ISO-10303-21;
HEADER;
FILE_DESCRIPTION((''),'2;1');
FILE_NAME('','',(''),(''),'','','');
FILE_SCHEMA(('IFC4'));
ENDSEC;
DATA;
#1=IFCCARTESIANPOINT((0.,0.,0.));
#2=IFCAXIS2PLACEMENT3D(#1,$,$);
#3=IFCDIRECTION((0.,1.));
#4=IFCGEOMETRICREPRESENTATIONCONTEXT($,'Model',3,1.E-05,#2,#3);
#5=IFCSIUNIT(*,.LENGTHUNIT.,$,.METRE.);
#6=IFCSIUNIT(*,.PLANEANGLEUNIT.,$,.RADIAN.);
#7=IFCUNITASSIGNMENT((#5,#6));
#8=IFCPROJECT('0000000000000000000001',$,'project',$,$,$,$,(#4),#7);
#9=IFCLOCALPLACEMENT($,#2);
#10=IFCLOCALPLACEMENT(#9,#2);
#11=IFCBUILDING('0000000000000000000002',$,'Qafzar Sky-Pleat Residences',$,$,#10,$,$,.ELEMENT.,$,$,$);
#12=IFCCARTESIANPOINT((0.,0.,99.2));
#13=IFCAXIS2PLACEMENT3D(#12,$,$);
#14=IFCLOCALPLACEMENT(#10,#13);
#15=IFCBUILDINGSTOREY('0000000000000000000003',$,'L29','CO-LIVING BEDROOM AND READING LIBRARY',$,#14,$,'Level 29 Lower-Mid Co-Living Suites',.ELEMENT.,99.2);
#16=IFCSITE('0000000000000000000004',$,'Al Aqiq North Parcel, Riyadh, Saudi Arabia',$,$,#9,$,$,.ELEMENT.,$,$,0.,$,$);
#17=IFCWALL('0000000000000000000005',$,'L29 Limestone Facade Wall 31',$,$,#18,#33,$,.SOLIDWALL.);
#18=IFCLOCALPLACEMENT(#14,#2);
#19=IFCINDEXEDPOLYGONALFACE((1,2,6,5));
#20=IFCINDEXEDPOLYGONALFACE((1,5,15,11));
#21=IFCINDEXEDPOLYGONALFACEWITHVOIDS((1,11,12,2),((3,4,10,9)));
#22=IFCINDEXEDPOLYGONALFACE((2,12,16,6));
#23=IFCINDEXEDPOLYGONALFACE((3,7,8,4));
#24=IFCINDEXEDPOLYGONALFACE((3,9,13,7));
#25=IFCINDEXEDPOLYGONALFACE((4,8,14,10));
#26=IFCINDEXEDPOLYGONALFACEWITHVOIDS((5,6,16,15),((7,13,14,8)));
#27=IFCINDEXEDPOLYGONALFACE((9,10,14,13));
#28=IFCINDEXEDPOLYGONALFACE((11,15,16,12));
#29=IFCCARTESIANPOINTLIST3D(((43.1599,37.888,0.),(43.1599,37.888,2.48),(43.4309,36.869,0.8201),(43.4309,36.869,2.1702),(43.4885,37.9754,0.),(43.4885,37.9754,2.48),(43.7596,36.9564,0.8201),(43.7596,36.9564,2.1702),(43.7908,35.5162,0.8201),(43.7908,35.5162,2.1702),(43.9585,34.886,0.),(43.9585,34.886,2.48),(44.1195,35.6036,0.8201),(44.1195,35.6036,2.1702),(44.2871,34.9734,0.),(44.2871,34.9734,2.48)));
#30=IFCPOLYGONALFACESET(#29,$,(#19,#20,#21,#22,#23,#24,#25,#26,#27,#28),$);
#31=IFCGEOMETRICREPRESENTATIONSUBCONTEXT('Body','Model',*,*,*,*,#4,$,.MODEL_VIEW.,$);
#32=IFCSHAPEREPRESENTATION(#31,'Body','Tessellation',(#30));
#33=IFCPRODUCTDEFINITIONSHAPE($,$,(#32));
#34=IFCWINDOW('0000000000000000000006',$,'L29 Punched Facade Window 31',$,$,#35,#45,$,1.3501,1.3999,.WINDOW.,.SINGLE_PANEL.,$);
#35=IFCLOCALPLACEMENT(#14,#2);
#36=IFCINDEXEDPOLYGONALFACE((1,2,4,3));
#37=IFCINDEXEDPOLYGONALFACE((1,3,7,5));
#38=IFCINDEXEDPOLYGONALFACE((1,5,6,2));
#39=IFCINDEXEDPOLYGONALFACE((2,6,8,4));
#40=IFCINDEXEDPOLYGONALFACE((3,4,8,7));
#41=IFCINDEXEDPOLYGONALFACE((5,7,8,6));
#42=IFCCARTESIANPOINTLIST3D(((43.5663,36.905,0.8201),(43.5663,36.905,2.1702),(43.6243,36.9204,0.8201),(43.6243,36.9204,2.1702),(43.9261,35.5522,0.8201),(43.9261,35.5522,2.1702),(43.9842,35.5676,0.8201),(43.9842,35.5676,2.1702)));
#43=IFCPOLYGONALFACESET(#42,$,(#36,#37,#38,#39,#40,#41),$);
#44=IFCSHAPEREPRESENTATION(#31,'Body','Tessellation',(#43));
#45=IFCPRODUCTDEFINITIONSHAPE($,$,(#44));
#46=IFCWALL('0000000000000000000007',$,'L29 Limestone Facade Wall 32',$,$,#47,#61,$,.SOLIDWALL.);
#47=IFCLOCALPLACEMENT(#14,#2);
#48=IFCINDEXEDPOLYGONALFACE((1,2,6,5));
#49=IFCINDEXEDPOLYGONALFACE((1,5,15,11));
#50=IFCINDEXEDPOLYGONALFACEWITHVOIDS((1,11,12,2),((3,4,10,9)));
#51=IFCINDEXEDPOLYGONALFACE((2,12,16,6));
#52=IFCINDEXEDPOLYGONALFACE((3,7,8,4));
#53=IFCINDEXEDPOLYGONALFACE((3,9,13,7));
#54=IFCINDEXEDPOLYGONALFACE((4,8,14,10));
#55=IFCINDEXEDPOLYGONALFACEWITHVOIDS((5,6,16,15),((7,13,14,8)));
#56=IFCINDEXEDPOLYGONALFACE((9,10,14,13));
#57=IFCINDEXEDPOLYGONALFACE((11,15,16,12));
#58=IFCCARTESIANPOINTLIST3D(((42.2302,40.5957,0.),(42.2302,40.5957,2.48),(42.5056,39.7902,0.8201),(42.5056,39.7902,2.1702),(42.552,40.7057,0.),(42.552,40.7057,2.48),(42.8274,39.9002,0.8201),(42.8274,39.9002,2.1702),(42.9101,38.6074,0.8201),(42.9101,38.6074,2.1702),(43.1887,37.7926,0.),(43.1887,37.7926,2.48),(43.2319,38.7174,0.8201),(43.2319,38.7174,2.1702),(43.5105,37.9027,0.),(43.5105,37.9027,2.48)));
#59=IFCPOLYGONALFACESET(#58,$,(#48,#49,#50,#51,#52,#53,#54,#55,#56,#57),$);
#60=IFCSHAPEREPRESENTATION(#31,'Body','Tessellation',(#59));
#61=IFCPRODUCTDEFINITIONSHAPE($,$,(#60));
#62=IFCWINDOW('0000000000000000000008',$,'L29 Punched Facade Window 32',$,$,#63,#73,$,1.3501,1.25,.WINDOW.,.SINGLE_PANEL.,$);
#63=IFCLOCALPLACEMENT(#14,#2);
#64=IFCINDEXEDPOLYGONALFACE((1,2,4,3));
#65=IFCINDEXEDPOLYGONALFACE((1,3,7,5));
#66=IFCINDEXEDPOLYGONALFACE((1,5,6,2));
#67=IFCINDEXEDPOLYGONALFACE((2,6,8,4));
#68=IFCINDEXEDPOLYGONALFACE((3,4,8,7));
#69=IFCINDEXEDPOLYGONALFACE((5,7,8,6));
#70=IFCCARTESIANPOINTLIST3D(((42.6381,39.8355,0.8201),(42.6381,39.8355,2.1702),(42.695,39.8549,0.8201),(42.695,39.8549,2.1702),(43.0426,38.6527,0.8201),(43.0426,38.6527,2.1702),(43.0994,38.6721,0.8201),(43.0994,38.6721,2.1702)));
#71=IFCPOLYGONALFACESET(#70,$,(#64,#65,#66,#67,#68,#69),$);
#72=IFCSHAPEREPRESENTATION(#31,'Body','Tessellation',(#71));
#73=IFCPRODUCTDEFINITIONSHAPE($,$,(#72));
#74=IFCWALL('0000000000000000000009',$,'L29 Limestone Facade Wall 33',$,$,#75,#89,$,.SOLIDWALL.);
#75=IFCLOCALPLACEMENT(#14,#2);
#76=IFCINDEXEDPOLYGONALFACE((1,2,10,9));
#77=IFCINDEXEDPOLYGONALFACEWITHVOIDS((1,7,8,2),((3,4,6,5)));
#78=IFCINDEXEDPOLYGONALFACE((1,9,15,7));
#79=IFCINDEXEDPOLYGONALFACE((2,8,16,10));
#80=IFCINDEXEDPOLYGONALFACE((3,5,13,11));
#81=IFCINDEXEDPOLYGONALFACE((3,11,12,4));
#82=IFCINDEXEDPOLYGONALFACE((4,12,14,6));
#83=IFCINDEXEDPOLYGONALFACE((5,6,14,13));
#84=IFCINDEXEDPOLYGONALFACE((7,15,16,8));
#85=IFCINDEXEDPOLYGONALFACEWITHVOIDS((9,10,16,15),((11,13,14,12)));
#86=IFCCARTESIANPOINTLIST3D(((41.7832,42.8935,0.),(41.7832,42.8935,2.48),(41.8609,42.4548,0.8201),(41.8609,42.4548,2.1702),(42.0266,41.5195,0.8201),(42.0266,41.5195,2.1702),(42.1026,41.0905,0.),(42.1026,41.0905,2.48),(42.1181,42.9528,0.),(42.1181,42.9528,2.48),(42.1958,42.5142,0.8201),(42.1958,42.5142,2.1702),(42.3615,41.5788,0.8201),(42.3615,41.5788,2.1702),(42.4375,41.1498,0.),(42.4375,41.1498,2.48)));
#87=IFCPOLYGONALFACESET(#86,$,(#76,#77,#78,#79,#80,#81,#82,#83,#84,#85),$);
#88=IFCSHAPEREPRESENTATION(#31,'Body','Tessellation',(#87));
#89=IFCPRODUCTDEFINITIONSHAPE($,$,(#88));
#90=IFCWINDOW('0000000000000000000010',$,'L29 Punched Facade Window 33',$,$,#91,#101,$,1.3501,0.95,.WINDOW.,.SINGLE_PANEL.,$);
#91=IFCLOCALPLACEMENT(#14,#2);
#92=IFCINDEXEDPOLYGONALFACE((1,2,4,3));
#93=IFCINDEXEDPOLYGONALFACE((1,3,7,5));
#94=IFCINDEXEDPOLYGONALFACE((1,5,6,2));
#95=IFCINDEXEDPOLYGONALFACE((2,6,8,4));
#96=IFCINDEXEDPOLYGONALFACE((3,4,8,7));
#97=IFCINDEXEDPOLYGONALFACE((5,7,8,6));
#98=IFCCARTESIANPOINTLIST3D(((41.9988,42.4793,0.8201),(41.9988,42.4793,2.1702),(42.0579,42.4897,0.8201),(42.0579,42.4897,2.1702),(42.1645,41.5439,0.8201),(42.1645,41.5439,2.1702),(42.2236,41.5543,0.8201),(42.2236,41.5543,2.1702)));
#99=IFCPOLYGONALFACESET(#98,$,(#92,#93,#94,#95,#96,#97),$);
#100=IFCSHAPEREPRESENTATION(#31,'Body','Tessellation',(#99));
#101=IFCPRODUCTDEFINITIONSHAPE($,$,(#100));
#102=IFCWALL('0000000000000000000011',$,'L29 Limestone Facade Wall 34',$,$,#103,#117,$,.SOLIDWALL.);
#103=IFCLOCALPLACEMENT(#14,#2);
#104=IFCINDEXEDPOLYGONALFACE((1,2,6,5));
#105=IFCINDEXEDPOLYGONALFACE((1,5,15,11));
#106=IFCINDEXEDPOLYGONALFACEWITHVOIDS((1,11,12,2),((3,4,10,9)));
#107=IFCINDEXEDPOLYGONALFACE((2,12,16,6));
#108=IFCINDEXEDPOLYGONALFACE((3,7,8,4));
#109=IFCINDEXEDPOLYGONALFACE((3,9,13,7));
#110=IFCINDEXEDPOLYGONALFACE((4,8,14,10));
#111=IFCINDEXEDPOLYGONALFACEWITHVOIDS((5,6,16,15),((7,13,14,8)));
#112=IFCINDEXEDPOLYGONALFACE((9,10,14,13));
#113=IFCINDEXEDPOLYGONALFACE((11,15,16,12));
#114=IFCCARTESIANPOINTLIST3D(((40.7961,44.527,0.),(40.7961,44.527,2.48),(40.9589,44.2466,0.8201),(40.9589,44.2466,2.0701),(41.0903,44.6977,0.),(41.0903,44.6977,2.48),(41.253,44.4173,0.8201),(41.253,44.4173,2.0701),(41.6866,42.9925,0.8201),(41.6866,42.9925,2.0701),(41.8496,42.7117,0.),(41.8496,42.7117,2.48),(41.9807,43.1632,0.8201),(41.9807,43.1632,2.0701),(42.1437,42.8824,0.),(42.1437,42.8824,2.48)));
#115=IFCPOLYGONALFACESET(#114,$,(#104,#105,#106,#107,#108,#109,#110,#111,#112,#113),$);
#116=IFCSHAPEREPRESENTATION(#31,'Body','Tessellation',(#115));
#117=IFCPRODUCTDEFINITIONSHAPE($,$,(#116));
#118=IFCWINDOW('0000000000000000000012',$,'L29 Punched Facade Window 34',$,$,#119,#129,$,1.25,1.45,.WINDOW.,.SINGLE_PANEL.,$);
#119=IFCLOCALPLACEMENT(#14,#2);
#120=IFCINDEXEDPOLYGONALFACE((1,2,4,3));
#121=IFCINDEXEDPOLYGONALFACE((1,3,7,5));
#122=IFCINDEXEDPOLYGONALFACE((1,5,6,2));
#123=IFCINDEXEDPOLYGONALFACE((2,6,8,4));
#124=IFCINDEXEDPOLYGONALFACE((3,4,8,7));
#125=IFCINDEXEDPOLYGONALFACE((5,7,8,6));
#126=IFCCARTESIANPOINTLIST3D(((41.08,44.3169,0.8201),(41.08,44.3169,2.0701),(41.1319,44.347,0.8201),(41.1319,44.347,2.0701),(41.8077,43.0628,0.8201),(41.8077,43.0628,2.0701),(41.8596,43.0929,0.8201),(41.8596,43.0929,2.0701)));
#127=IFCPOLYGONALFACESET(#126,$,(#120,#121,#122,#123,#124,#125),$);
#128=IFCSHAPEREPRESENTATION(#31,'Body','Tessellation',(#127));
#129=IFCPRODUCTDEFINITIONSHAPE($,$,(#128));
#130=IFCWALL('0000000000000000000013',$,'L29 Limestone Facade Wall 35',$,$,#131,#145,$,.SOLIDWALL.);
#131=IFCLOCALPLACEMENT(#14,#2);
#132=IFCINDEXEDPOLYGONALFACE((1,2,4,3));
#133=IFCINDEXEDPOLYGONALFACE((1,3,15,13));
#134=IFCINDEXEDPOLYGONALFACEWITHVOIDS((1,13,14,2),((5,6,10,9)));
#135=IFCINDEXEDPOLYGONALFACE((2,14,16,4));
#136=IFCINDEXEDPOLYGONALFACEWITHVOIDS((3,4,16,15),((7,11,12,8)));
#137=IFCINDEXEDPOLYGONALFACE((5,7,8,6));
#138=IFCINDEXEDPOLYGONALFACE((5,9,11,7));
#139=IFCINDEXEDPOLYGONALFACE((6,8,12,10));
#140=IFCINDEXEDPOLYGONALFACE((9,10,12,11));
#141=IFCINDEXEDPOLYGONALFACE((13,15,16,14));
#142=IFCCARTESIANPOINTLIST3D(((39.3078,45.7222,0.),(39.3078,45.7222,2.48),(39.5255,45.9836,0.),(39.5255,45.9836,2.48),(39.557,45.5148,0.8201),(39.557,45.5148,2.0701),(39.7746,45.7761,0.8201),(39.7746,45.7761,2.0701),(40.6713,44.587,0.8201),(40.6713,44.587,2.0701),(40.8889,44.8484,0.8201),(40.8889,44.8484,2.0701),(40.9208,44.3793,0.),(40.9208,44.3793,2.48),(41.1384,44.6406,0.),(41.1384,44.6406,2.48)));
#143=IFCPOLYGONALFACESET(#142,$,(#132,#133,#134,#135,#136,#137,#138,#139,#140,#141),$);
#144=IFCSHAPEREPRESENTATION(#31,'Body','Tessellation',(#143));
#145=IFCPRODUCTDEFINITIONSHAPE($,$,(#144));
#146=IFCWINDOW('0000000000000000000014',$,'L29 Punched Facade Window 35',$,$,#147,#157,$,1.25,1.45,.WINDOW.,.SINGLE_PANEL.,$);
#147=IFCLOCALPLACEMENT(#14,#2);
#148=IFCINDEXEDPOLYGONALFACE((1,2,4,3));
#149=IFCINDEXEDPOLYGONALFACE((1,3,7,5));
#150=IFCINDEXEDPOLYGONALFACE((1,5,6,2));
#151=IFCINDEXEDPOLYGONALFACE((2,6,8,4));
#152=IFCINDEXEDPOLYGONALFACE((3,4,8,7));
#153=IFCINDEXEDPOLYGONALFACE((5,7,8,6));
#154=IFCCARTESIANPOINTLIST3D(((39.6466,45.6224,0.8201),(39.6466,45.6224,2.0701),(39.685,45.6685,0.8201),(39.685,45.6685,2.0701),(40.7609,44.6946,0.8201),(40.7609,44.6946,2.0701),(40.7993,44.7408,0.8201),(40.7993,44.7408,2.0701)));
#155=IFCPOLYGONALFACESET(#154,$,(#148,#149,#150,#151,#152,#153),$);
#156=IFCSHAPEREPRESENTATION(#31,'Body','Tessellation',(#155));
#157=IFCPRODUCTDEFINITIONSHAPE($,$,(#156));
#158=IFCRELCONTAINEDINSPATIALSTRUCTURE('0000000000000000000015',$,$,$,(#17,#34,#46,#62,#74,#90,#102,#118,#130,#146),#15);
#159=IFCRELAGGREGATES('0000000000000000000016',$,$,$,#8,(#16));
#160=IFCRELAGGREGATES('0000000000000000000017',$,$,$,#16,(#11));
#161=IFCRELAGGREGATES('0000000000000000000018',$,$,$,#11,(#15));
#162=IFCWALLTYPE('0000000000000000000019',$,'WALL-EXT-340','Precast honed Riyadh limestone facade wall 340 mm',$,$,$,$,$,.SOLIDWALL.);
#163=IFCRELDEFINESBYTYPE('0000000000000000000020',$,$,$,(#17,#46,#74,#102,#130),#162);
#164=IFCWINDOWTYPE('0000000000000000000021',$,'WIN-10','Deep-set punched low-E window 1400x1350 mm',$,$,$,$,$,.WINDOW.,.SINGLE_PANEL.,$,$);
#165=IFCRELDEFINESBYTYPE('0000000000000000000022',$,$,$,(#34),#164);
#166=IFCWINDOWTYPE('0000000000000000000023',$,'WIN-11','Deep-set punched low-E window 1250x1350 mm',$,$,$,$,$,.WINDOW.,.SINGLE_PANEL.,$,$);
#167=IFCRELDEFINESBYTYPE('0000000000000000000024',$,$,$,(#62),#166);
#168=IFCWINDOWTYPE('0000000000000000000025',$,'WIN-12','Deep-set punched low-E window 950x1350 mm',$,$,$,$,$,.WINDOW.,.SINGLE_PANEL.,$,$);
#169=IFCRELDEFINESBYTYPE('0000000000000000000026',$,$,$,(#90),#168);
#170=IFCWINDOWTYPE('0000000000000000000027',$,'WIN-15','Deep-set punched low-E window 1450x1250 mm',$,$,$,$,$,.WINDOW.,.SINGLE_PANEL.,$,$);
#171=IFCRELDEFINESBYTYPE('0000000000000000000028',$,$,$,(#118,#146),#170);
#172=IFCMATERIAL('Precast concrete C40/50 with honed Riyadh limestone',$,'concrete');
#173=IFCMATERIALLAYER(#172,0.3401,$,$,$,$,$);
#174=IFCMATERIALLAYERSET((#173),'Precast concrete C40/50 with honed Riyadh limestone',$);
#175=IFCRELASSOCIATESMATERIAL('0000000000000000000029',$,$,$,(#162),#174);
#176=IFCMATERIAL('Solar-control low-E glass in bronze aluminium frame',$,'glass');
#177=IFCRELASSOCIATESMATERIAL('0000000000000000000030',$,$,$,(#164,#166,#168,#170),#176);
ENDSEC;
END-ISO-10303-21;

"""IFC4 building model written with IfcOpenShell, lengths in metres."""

from ifc_helpers import new_model, si_unit, direction, frame, frame_2d, origin, place, context, subcontext, project, spatial, rectangle, extrude, source, transform, mapped, material, layer, layer_set, type_object, element, fill, save


model = new_model("IFC4")

# Units and contexts
model_context = context("Model", 3, precision=1e-05, world=origin(), true_north=direction((0.0, 1.0)))
body_context = subcontext(model_context, "Body", "Model", "MODEL_VIEW")
ifc_project = project(units=[si_unit("LENGTHUNIT", "METRE"), si_unit("PLANEANGLEUNIT", "RADIAN")], contexts=[model_context])

# Site, building, storey
site_placement = place(None, origin())
site = spatial("IfcSite", under=ifc_project, at=site_placement, Name="Al Aqiq North Parcel, Riyadh, Saudi Arabia", CompositionType="ELEMENT", RefElevation=0.0)
building_placement = place(site_placement, origin())
building = spatial("IfcBuilding", under=site, at=building_placement, Name="Qafzar Sky-Pleat Residences", CompositionType="ELEMENT")
storey_placement = place(building_placement, frame((0.0, 0.0, 99.2)))
storey = spatial("IfcBuildingStorey", under=building, at=storey_placement, Name="L29", Description="CO-LIVING BEDROOM AND READING LIBRARY", LongName="Level 29 Lower-Mid Co-Living Suites", CompositionType="ELEMENT", Elevation=99.2)

# Walls, openings, windows
ifc_material_1 = material(Name="Precast concrete C40/50 with honed Riyadh limestone", Category="concrete")
ifc_layer_1 = layer(ifc_material_1, 0.3401)
ifc_layer_set_1 = layer_set([ifc_layer_1], Name="Precast concrete C40/50 with honed Riyadh limestone")
wall_type_1 = type_object("IfcWallType", Name="WALL-EXT-340", Description="Precast honed Riyadh limestone facade wall 340 mm", PredefinedType="SOLIDWALL", material=ifc_layer_set_1)
wall_1_placement = place(storey_placement, frame((44.1228, 34.9297, 0.0), z_axis=(0.0, 0.0, 1.0), x_axis=(-0.25708, 0.96639, 0.0)))
wall_1 = element("IfcWall", 1, at=wall_1_placement, inside=storey, type_object=wall_type_1, Name="L29 Limestone Facade Wall 31", PredefinedType="SOLIDWALL", context=body_context, shape_type="SweptSolid", body=[
    extrude(rectangle(XDim=3.1064, YDim=0.3401, at=frame_2d((1.5532, 0.0))), origin(), (0.0, 0.0, 1.0), 2.48),
])
opening_1_placement = place(wall_1_placement, frame((0.6521, 0.0, 0.8201)))
opening_1 = element("IfcOpeningElement", 2, at=opening_1_placement, cuts=wall_1, PredefinedType="OPENING", context=body_context, shape_type="SweptSolid", body=[
    extrude(rectangle(XDim=1.3999, YDim=1.3501, at=frame_2d((0.7, 0.675))), frame((0.0, 0.1802, 0.0), z_axis=(0.0, -1.0, 0.0), x_axis=(1.0, 0.0, 0.0)), (0.0, 0.0, 1.0), 0.3601),
])
ifc_material_2 = material(Name="Solar-control low-E glass in bronze aluminium frame", Category="glass")
window_type_1 = type_object("IfcWindowType", Name="WIN-10", Description="Deep-set punched low-E window 1400x1350 mm", PartitioningType="SINGLE_PANEL", PredefinedType="WINDOW", material=ifc_material_2)
shared_shape_1 = source(origin(), body_context, "Body", "SweptSolid", [
    extrude(rectangle(XDim=1.3999, YDim=1.3501, at=frame_2d((0.7, 0.675))), frame((0.0, 0.03, 0.0), z_axis=(0.0, -1.0, 0.0), x_axis=(1.0, 0.0, 0.0)), (0.0, 0.0, 1.0), 0.0601),
])
window_1_placement = place(opening_1_placement, origin())
window_1 = element("IfcWindow", 3, at=window_1_placement, inside=storey, type_object=window_type_1, Name="L29 Punched Facade Window 31", OverallHeight=1.3501, OverallWidth=1.3999, PartitioningType="SINGLE_PANEL", PredefinedType="WINDOW", context=body_context, shape_type="MappedRepresentation", body=[
    mapped(shared_shape_1, transform((0.0, 0.0, 0.0), x_axis=(1.0, 0.0, 0.0), y_axis=(0.0, 1.0, 0.0), z_axis=(0.0, 0.0, 1.0), scale=1.0)),
])
fill(opening_1, window_1)
wall_2_placement = place(storey_placement, frame((43.3496, 37.8477, 0.0), z_axis=(0.0, 0.0, 1.0), x_axis=(-0.323561, 0.946207, 0.0)))
wall_2 = element("IfcWall", 4, at=wall_2_placement, inside=storey, type_object=wall_type_1, Name="L29 Limestone Facade Wall 32", PredefinedType="SOLIDWALL", context=body_context, shape_type="SweptSolid", body=[
    extrude(rectangle(XDim=2.9624, YDim=0.3401, at=frame_2d((1.4812, 0.0))), origin(), (0.0, 0.0, 1.0), 2.48),
])
opening_2_placement = place(wall_2_placement, frame((0.8611, 0.0, 0.8201)))
opening_2 = element("IfcOpeningElement", 5, at=opening_2_placement, cuts=wall_2, PredefinedType="OPENING", context=body_context, shape_type="SweptSolid", body=[
    extrude(rectangle(XDim=1.25, YDim=1.3501, at=frame_2d((0.625, 0.675))), frame((0.0, 0.1802, 0.0), z_axis=(0.0, -1.0, 0.0), x_axis=(1.0, 0.0, 0.0)), (0.0, 0.0, 1.0), 0.3601),
])
window_type_2 = type_object("IfcWindowType", Name="WIN-11", Description="Deep-set punched low-E window 1250x1350 mm", PartitioningType="SINGLE_PANEL", PredefinedType="WINDOW", material=ifc_material_2)
shared_shape_2 = source(origin(), body_context, "Body", "SweptSolid", [
    extrude(rectangle(XDim=1.25, YDim=1.3501, at=frame_2d((0.625, 0.675))), frame((0.0, 0.03, 0.0), z_axis=(0.0, -1.0, 0.0), x_axis=(1.0, 0.0, 0.0)), (0.0, 0.0, 1.0), 0.0601),
])
window_2_placement = place(opening_2_placement, origin())
window_2 = element("IfcWindow", 6, at=window_2_placement, inside=storey, type_object=window_type_2, Name="L29 Punched Facade Window 32", OverallHeight=1.3501, OverallWidth=1.25, PartitioningType="SINGLE_PANEL", PredefinedType="WINDOW", context=body_context, shape_type="MappedRepresentation", body=[
    mapped(shared_shape_2, transform((0.0, 0.0, 0.0), x_axis=(1.0, 0.0, 0.0), y_axis=(0.0, 1.0, 0.0), z_axis=(0.0, 0.0, 1.0), scale=1.0)),
])
fill(opening_2, window_2)
wall_3_placement = place(storey_placement, frame((42.27, 41.1201, 0.0), z_axis=(0.0, 0.0, 1.0), x_axis=(-0.174401, 0.984675, 0.0)))
wall_3 = element("IfcWall", 7, at=wall_3_placement, inside=storey, type_object=wall_type_1, Name="L29 Limestone Facade Wall 33", PredefinedType="SOLIDWALL", context=body_context, shape_type="SweptSolid", body=[
    extrude(rectangle(XDim=1.8311, YDim=0.3401, at=frame_2d((0.9155, 0.0))), origin(), (0.0, 0.0, 1.0), 2.48),
])
opening_3_placement = place(wall_3_placement, frame((0.4355, 0.0, 0.8201)))
opening_3 = element("IfcOpeningElement", 8, at=opening_3_placement, cuts=wall_3, PredefinedType="OPENING", context=body_context, shape_type="SweptSolid", body=[
    extrude(rectangle(XDim=0.95, YDim=1.3501, at=frame_2d((0.4751, 0.675))), frame((0.0, 0.1802, 0.0), z_axis=(0.0, -1.0, 0.0), x_axis=(1.0, 0.0, 0.0)), (0.0, 0.0, 1.0), 0.3601),
])
window_type_3 = type_object("IfcWindowType", Name="WIN-12", Description="Deep-set punched low-E window 950x1350 mm", PartitioningType="SINGLE_PANEL", PredefinedType="WINDOW", material=ifc_material_2)
shared_shape_3 = source(origin(), body_context, "Body", "SweptSolid", [
    extrude(rectangle(XDim=0.95, YDim=1.3501, at=frame_2d((0.4751, 0.675))), frame((0.0, 0.03, 0.0), z_axis=(0.0, -1.0, 0.0), x_axis=(1.0, 0.0, 0.0)), (0.0, 0.0, 1.0), 0.0601),
])
window_3_placement = place(opening_3_placement, origin())
window_3 = element("IfcWindow", 9, at=window_3_placement, inside=storey, type_object=window_type_3, Name="L29 Punched Facade Window 33", OverallHeight=1.3501, OverallWidth=0.95, PartitioningType="SINGLE_PANEL", PredefinedType="WINDOW", context=body_context, shape_type="MappedRepresentation", body=[
    mapped(shared_shape_3, transform((0.0, 0.0, 0.0), x_axis=(1.0, 0.0, 0.0), y_axis=(0.0, 1.0, 0.0), z_axis=(0.0, 0.0, 1.0), scale=1.0)),
])
fill(opening_3, window_3)
wall_4_placement = place(storey_placement, frame((41.9966, 42.7971, 0.0), z_axis=(0.0, 0.0, 1.0), x_axis=(-0.501903, 0.864924, 0.0)))
wall_4 = element("IfcWall", 10, at=wall_4_placement, inside=storey, type_object=wall_type_1, Name="L29 Limestone Facade Wall 34", PredefinedType="SOLIDWALL", context=body_context, shape_type="SweptSolid", body=[
    extrude(rectangle(XDim=2.0989, YDim=0.3401, at=frame_2d((1.0493, 0.0))), origin(), (0.0, 0.0, 1.0), 2.48),
])
opening_4_placement = place(wall_4_placement, frame((0.3245, 0.0, 0.8201)))
opening_4 = element("IfcOpeningElement", 11, at=opening_4_placement, cuts=wall_4, PredefinedType="OPENING", context=body_context, shape_type="SweptSolid", body=[
    extrude(rectangle(XDim=1.45, YDim=1.25, at=frame_2d((0.7251, 0.625))), frame((0.0, 0.1802, 0.0), z_axis=(0.0, -1.0, 0.0), x_axis=(1.0, 0.0, 0.0)), (0.0, 0.0, 1.0), 0.3601),
])
window_type_4 = type_object("IfcWindowType", Name="WIN-15", Description="Deep-set punched low-E window 1450x1250 mm", PartitioningType="SINGLE_PANEL", PredefinedType="WINDOW", material=ifc_material_2)
shared_shape_4 = source(origin(), body_context, "Body", "SweptSolid", [
    extrude(rectangle(XDim=1.45, YDim=1.25, at=frame_2d((0.7251, 0.625))), frame((0.0, 0.03, 0.0), z_axis=(0.0, -1.0, 0.0), x_axis=(1.0, 0.0, 0.0)), (0.0, 0.0, 1.0), 0.0601),
])
window_4_placement = place(opening_4_placement, origin())
window_4 = element("IfcWindow", 12, at=window_4_placement, inside=storey, type_object=window_type_4, Name="L29 Punched Facade Window 34", OverallHeight=1.25, OverallWidth=1.45, PartitioningType="SINGLE_PANEL", PredefinedType="WINDOW", context=body_context, shape_type="MappedRepresentation", body=[
    mapped(shared_shape_4, transform((0.0, 0.0, 0.0), x_axis=(1.0, 0.0, 0.0), y_axis=(0.0, 1.0, 0.0), z_axis=(0.0, 0.0, 1.0), scale=1.0)),
])
fill(opening_4, window_4)
wall_5_placement = place(storey_placement, frame((41.0295, 44.51, 0.0), z_axis=(0.0, 0.0, 1.0), x_axis=(-0.768498, 0.639853, 0.0)))
wall_5 = element("IfcWall", 13, at=wall_5_placement, inside=storey, type_object=wall_type_1, Name="L29 Limestone Facade Wall 35", PredefinedType="SOLIDWALL", context=body_context, shape_type="SweptSolid", body=[
    extrude(rectangle(XDim=2.0989, YDim=0.3401, at=frame_2d((1.0493, 0.0))), origin(), (0.0, 0.0, 1.0), 2.48),
])
opening_5_placement = place(wall_5_placement, frame((0.3245, 0.0, 0.8201)))
opening_5 = element("IfcOpeningElement", 14, at=opening_5_placement, cuts=wall_5, PredefinedType="OPENING", context=body_context, shape_type="SweptSolid", body=[
    extrude(rectangle(XDim=1.45, YDim=1.25, at=frame_2d((0.7251, 0.625))), frame((0.0, 0.1802, 0.0), z_axis=(0.0, -1.0, 0.0), x_axis=(1.0, 0.0, 0.0)), (0.0, 0.0, 1.0), 0.3601),
])
window_5_placement = place(opening_5_placement, origin())
window_5 = element("IfcWindow", 15, at=window_5_placement, inside=storey, type_object=window_type_4, Name="L29 Punched Facade Window 35", OverallHeight=1.25, OverallWidth=1.45, PartitioningType="SINGLE_PANEL", PredefinedType="WINDOW", context=body_context, shape_type="MappedRepresentation", body=[
    mapped(shared_shape_4, transform((0.0, 0.0, 0.0), x_axis=(1.0, 0.0, 0.0), y_axis=(0.0, 1.0, 0.0), z_axis=(0.0, 0.0, 1.0), scale=1.0)),
])
fill(opening_5, window_5)

save(model, "model.ifc")
